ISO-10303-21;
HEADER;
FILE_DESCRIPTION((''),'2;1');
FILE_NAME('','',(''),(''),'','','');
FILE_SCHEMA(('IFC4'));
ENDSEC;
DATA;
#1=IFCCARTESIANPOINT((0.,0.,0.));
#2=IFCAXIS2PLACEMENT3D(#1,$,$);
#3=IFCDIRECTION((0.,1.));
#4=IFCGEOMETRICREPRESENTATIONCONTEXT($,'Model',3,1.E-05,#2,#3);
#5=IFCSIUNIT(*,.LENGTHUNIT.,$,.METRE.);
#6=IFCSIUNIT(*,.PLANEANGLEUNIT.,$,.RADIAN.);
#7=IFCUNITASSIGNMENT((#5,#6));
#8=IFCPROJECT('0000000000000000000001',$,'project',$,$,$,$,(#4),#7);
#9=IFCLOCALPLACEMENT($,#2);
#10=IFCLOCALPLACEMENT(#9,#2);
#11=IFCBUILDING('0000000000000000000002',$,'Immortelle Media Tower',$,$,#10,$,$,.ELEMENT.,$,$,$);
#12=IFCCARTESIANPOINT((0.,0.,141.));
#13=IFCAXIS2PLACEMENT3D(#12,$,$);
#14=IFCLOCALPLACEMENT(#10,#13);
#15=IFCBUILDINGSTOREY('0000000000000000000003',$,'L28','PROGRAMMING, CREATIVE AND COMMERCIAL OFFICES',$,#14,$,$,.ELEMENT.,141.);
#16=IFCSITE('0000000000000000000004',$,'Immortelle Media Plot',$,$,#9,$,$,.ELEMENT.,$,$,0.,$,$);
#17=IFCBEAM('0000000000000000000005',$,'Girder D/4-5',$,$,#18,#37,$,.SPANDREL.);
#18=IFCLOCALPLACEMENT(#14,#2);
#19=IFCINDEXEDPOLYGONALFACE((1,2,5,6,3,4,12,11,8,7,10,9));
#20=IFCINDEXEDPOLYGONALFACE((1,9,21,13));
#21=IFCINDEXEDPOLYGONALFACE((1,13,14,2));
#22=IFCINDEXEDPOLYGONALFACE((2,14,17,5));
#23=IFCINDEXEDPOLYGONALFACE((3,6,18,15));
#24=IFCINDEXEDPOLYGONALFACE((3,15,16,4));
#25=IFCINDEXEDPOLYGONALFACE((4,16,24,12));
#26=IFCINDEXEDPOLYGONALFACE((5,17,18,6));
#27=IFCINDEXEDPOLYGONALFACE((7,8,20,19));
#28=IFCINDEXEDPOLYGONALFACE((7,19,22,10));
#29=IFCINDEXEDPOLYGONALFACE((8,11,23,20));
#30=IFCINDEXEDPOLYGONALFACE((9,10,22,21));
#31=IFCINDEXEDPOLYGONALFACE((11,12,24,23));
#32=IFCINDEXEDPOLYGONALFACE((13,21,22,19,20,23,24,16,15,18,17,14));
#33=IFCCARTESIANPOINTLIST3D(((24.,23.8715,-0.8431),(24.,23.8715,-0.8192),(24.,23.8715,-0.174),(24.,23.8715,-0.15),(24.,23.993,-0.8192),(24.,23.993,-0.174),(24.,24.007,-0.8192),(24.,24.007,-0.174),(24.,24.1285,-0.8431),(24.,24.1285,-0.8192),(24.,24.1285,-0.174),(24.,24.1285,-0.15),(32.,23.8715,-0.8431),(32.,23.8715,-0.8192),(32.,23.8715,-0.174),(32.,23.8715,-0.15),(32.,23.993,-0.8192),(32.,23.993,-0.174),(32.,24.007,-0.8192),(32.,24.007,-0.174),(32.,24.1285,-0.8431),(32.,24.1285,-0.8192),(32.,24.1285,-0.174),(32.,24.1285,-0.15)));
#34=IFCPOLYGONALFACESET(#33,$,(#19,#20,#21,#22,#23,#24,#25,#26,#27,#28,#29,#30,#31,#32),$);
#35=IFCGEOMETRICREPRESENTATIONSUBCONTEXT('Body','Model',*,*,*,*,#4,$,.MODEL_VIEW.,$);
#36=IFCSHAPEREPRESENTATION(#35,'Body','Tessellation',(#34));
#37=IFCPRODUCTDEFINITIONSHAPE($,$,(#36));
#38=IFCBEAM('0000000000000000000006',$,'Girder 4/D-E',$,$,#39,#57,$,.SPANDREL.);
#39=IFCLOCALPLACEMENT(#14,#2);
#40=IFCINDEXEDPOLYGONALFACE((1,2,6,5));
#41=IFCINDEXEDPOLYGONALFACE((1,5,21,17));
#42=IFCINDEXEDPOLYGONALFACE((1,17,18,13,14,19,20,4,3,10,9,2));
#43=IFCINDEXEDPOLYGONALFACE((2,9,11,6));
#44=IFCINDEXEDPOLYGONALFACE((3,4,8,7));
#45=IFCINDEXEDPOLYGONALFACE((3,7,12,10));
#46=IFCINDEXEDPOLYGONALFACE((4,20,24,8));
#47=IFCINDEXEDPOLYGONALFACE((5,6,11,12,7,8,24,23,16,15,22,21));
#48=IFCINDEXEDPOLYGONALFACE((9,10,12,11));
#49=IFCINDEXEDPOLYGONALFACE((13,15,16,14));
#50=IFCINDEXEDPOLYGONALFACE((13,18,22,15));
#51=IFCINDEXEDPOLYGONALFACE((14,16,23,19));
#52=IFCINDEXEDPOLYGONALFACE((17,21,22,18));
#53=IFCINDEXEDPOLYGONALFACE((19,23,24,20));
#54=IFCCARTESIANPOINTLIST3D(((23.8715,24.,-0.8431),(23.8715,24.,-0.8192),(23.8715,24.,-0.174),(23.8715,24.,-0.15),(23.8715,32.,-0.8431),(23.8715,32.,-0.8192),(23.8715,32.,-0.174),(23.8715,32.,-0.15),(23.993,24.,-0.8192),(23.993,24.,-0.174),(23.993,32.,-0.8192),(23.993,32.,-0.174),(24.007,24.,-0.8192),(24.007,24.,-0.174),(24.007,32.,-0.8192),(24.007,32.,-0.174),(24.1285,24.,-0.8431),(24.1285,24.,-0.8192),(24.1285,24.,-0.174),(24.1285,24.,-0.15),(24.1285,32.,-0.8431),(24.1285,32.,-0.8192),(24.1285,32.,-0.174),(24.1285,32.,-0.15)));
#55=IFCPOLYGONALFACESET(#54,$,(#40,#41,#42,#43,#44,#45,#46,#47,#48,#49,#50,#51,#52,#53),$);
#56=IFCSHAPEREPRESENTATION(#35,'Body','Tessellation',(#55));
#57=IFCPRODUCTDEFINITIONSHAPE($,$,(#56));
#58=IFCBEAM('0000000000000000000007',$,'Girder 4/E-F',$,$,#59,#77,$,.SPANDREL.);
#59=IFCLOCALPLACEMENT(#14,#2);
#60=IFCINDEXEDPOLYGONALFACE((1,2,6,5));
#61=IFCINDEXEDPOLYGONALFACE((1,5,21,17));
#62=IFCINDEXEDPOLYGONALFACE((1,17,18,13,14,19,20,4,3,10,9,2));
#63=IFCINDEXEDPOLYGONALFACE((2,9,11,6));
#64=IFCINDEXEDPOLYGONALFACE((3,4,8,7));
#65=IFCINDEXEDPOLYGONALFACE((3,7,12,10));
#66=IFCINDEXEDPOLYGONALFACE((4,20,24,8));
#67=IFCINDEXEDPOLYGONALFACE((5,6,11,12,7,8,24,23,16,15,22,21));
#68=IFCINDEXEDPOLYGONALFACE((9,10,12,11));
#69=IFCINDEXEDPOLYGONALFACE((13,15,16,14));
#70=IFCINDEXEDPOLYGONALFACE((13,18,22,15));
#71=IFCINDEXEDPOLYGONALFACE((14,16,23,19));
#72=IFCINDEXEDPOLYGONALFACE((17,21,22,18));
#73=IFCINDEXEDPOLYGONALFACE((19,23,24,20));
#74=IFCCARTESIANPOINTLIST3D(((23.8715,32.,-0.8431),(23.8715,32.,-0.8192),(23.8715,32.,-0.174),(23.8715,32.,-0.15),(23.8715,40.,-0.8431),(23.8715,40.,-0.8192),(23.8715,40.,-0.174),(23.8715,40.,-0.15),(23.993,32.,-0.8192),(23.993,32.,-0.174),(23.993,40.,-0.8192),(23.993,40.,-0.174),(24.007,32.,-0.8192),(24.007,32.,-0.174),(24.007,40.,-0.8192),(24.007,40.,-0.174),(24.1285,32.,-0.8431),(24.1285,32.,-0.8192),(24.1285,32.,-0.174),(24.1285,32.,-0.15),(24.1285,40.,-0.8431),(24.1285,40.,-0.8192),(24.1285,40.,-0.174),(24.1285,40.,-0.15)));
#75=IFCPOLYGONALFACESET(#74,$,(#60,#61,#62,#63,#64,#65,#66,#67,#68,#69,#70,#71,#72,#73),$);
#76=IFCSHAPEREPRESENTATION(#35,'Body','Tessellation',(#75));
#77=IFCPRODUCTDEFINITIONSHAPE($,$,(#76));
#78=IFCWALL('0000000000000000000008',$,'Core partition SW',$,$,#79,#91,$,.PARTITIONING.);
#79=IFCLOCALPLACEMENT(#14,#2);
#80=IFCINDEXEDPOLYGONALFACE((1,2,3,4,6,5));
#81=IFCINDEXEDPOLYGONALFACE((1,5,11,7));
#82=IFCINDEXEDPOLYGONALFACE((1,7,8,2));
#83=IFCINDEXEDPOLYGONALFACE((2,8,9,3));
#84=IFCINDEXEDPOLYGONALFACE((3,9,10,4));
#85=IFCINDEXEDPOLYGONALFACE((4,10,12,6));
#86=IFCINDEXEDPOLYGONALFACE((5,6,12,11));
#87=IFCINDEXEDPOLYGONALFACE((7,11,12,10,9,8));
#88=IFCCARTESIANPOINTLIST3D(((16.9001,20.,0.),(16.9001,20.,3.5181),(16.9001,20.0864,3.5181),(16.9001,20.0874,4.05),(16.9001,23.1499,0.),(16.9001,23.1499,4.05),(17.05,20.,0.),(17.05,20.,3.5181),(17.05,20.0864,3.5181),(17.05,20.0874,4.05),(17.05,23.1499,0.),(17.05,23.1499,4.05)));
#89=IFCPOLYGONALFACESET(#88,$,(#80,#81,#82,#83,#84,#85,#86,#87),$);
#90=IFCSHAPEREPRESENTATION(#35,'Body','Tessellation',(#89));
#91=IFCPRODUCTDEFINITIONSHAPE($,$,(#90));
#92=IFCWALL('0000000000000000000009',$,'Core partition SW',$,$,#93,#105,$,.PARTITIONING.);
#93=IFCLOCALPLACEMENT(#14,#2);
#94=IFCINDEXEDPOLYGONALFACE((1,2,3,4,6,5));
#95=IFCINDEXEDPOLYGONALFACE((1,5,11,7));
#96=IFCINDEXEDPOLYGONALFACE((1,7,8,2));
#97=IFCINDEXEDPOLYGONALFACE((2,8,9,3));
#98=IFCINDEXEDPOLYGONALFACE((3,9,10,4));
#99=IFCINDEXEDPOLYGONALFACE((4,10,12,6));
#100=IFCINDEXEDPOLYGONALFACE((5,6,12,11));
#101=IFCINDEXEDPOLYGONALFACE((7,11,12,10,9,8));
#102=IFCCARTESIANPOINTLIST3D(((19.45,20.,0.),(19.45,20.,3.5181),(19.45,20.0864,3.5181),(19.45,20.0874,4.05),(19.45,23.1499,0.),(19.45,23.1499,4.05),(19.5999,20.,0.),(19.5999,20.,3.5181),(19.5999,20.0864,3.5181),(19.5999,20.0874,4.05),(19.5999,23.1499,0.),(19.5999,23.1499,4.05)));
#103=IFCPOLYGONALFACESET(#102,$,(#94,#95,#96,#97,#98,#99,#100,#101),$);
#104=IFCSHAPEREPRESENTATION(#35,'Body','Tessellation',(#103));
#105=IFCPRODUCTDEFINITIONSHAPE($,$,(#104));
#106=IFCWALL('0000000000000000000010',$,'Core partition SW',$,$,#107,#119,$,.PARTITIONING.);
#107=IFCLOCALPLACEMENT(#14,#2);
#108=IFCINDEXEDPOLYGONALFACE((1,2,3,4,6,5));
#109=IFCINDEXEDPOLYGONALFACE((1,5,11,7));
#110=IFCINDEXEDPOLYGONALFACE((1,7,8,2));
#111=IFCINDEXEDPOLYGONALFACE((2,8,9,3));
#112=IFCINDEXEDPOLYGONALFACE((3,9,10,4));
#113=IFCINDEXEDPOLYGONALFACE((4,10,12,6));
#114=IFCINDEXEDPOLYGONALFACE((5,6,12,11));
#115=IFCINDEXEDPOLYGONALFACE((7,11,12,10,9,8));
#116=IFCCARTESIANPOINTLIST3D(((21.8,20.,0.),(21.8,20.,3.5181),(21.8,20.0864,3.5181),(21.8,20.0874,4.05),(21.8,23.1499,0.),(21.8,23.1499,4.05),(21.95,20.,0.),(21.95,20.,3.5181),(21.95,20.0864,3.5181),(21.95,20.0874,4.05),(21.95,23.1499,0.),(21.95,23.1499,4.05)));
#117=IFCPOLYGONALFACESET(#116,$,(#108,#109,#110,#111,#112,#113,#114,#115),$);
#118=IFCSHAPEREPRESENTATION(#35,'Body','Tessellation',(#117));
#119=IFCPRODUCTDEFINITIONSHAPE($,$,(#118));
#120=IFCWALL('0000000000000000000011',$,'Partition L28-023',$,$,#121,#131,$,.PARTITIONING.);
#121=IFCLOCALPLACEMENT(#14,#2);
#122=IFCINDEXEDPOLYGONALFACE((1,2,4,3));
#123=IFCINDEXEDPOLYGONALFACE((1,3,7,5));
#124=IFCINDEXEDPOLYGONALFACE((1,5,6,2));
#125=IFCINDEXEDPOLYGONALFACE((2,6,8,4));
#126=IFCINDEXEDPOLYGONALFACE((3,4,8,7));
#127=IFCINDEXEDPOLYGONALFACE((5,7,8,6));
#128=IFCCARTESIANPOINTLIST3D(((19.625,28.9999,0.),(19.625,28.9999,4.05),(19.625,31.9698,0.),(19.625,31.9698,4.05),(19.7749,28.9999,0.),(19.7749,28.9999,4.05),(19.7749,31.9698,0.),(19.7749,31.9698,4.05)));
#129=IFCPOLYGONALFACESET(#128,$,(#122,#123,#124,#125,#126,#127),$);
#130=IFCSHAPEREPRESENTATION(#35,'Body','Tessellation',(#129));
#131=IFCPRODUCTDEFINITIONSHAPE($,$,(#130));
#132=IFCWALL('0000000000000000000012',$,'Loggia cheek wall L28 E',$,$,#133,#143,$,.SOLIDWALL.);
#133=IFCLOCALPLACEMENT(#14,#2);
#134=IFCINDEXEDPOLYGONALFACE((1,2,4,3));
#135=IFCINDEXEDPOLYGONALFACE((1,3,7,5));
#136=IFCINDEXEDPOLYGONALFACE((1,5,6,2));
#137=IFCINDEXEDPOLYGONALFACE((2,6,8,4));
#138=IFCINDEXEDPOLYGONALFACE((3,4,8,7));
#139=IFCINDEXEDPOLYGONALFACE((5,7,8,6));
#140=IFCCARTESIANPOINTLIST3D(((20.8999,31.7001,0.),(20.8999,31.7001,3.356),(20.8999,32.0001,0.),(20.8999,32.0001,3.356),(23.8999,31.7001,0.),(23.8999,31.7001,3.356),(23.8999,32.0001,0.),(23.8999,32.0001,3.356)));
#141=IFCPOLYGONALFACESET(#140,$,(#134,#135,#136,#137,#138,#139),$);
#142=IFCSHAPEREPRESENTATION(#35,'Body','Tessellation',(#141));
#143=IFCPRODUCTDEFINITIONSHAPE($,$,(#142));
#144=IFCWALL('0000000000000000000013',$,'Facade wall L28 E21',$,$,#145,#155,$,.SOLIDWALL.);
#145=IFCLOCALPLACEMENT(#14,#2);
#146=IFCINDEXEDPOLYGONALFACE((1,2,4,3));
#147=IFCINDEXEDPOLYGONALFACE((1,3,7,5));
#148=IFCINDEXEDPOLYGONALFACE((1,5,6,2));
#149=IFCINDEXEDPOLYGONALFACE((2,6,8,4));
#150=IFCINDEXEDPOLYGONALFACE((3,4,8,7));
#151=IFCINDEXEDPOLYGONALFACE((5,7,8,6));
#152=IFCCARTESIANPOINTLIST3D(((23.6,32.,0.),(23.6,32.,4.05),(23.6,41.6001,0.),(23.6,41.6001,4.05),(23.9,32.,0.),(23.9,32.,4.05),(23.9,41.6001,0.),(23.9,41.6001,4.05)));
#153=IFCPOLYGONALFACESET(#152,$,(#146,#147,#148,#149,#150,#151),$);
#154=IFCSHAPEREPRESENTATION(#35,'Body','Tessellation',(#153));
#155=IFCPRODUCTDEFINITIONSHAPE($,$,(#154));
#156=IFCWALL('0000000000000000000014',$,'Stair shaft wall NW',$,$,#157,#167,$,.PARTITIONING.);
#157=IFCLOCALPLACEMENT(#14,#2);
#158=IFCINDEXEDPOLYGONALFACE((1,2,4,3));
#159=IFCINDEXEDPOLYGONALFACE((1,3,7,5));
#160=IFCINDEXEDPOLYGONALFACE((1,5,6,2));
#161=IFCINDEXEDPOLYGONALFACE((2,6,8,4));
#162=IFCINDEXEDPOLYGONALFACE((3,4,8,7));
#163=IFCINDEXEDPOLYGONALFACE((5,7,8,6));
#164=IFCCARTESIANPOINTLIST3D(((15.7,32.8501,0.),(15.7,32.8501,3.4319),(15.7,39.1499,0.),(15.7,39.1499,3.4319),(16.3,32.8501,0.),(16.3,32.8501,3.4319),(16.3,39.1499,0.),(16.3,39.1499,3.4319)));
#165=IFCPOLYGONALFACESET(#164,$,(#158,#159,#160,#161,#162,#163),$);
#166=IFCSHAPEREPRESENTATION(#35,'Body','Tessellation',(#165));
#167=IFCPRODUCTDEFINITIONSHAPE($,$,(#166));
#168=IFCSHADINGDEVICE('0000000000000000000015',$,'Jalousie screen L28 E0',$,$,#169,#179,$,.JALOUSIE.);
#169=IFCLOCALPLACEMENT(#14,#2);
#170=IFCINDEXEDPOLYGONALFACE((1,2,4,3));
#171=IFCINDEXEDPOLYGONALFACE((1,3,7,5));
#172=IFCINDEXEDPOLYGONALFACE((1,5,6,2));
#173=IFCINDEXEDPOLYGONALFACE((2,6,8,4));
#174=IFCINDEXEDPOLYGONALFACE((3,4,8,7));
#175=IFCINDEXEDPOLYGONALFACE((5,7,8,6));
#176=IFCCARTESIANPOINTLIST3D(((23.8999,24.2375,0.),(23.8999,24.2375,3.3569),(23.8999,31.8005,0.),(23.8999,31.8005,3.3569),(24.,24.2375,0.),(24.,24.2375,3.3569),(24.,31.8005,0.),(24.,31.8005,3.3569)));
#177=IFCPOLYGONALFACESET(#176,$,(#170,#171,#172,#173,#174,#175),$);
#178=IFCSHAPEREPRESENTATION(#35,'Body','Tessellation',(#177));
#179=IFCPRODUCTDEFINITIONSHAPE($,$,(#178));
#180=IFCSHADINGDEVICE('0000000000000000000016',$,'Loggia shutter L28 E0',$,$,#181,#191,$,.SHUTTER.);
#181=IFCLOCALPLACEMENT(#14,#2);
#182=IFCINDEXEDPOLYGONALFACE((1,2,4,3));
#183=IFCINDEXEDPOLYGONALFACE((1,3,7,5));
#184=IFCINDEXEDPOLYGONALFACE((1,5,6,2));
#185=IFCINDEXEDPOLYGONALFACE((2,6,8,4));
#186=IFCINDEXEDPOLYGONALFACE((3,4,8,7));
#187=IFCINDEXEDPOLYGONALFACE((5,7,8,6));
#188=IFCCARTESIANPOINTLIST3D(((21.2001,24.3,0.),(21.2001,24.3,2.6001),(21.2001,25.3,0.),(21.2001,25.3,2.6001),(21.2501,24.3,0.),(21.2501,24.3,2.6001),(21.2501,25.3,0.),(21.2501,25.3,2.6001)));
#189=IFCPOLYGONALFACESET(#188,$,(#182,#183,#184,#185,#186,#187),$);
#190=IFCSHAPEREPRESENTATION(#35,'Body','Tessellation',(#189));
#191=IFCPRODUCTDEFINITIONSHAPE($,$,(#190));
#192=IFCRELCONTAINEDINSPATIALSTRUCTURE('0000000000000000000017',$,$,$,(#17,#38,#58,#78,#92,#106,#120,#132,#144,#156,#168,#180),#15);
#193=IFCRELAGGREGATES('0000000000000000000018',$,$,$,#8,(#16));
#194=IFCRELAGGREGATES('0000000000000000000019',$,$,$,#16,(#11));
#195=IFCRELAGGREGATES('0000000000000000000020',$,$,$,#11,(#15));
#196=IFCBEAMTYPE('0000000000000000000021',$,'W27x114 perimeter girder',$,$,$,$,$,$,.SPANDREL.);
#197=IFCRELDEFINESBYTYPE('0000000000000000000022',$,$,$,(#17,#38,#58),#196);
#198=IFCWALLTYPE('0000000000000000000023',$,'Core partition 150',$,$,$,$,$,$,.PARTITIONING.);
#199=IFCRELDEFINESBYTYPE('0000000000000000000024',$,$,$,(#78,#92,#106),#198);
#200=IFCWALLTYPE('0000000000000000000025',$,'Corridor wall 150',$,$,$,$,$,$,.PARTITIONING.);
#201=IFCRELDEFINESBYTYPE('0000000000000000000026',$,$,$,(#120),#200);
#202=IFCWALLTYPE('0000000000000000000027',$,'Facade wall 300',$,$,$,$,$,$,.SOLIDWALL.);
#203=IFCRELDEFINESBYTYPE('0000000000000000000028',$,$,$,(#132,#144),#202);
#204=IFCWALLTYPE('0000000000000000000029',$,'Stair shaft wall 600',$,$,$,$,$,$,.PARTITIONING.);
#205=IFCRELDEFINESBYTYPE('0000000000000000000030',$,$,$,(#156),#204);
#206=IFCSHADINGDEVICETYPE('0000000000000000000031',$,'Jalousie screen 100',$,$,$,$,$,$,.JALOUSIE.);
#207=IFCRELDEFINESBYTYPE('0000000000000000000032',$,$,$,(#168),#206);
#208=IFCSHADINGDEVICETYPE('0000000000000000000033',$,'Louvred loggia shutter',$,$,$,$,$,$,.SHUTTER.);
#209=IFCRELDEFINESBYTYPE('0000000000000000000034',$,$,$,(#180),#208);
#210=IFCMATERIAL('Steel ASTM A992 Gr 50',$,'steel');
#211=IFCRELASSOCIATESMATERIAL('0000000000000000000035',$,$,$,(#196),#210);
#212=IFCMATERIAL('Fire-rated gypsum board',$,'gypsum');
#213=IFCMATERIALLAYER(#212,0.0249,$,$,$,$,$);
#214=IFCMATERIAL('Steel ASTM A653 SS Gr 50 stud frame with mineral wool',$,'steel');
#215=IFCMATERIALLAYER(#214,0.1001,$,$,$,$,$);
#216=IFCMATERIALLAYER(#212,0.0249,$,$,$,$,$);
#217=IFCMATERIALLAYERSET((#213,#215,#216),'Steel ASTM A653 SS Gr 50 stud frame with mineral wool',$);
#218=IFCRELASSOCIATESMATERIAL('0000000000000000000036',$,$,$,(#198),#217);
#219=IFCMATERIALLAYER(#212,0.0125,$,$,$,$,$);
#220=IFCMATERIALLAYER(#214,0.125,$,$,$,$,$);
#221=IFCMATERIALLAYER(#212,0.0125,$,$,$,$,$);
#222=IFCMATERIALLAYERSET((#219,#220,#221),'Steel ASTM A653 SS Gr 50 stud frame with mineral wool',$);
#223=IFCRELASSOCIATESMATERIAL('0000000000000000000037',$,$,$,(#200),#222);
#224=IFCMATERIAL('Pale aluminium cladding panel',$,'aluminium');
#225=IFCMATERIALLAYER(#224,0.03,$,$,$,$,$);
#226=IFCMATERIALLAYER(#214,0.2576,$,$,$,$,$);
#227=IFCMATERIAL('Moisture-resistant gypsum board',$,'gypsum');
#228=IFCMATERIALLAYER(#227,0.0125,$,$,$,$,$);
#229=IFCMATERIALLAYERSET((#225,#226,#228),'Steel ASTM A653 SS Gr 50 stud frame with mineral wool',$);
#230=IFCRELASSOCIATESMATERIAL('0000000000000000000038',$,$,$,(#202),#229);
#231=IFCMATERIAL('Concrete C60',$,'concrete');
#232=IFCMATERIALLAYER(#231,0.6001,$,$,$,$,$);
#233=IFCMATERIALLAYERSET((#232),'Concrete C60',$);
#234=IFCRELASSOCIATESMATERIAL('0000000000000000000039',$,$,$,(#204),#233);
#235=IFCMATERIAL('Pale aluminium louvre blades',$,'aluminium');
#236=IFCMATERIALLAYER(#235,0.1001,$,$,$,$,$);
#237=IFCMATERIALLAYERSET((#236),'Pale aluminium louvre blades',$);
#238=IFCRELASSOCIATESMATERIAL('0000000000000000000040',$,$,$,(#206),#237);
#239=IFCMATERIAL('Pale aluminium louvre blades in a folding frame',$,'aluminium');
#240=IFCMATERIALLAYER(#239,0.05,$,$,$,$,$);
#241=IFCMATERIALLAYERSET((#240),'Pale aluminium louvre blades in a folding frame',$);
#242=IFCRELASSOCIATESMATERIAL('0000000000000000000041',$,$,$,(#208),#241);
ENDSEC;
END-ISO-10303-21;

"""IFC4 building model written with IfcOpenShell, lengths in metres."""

from ifc_helpers import new_model, si_unit, direction, frame, frame_2d, origin, origin_2d, place, context, subcontext, project, spatial, polyline, rectangle, i_section, outline, extrude, material, layer, layer_set, material_profile, profile_set, type_object, element, save


model = new_model("IFC4")

# Units and contexts
model_context = context("Model", 3, precision=1e-05, world=origin(), true_north=direction((0.0, 1.0)))
body_context = subcontext(model_context, "Body", "Model", "MODEL_VIEW")
ifc_project = project(units=[si_unit("LENGTHUNIT", "METRE"), si_unit("PLANEANGLEUNIT", "RADIAN")], contexts=[model_context])

# Site, building, storey
site_placement = place(None, origin())
site = spatial("IfcSite", under=ifc_project, at=site_placement, Name="Immortelle Media Plot", CompositionType="ELEMENT", RefElevation=0.0)
building_placement = place(site_placement, origin())
building = spatial("IfcBuilding", under=site, at=building_placement, Name="Immortelle Media Tower", CompositionType="ELEMENT")
storey_placement = place(building_placement, frame((0.0, 0.0, 141.0)))
storey = spatial("IfcBuildingStorey", under=building, at=storey_placement, Name="L28", Description="PROGRAMMING, CREATIVE AND COMMERCIAL OFFICES", CompositionType="ELEMENT", Elevation=141.0)

# Shared definitions
ifc_material_1 = material(Name="Steel ASTM A992 Gr 50", Category="steel")

# Beams
ifc_material_profile_1 = material_profile(ifc_material_1, i_section(OverallWidth=0.2571, OverallDepth=0.6931, WebThickness=0.0139, FlangeThickness=0.0239, at=origin_2d()), Name="W27x114")
ifc_profile_set_1 = profile_set([ifc_material_profile_1], Name="Steel ASTM A992 Gr 50")
beam_type_1 = type_object("IfcBeamType", Name="W27x114 perimeter girder", PredefinedType="SPANDREL", material=ifc_profile_set_1)
for number, where, z_axis, x_axis, name in (
    (1, (24.0, 24.0, -0.4966), (1.0, 0.0, 0.0), (0.0, 1.0, 0.0), "Girder D/4-5"),
    (2, (24.0, 24.0, -0.4966), (0.0, 1.0, 0.0), (-1.0, 0.0, 0.0), "Girder 4/D-E"),
    (3, (24.0, 32.0, -0.4966), (0.0, 1.0, 0.0), (-1.0, 0.0, 0.0), "Girder 4/E-F"),
):
    element("IfcBeam", number, at=place(storey_placement, frame(where, z_axis=z_axis, x_axis=x_axis)), inside=storey, type_object=beam_type_1, Name=name, PredefinedType="SPANDREL", context=body_context, shape_type="SweptSolid", body=[
        extrude(i_section(OverallWidth=0.2571, OverallDepth=0.6931, WebThickness=0.0139, FlangeThickness=0.0239, at=origin_2d()), origin(), (0.0, 0.0, 1.0), 8.0),
    ])

# Walls
ifc_material_2 = material(Name="Fire-rated gypsum board", Category="gypsum")
ifc_layer_1 = layer(ifc_material_2, 0.0249)
ifc_material_3 = material(Name="Steel ASTM A653 SS Gr 50 stud frame with mineral wool", Category="steel")
ifc_layer_2 = layer(ifc_material_3, 0.1001)
ifc_layer_3 = layer(ifc_material_2, 0.0249)
ifc_layer_set_1 = layer_set([ifc_layer_1, ifc_layer_2, ifc_layer_3], Name="Steel ASTM A653 SS Gr 50 stud frame with mineral wool")
wall_type_1 = type_object("IfcWallType", Name="Core partition 150", PredefinedType="PARTITIONING", material=ifc_layer_set_1)
for number, where, z_axis, x_axis, name in (
    (4, (16.9751, 20.0, 0.0), (0.0, 0.0, 1.0), (0.0, 1.0, 0.0), "Core partition SW"),
    (5, (19.5249, 20.0, 0.0), (0.0, 0.0, 1.0), (0.0, 1.0, 0.0), "Core partition SW"),
    (6, (21.875, 20.0, 0.0), (0.0, 0.0, 1.0), (0.0, 1.0, 0.0), "Core partition SW"),
):
    element("IfcWall", number, at=place(storey_placement, frame(where, z_axis=z_axis, x_axis=x_axis)), inside=storey, type_object=wall_type_1, Name=name, PredefinedType="PARTITIONING", context=body_context, shape_type="SweptSolid", body=[
        extrude(outline(polyline([(0.0, 0.0), (3.1499, 0.0), (3.1499, 4.05), (0.0874, 4.05), (0.0864, 3.5181), (0.0, 3.5181), (0.0, 0.0)])), frame((0.0, 0.075, 0.0), z_axis=(0.0, -1.0, 0.0), x_axis=(1.0, 0.0, 0.0)), (0.0, 0.0, 1.0), 0.1499),
    ])
ifc_layer_4 = layer(ifc_material_2, 0.0125)
ifc_layer_5 = layer(ifc_material_3, 0.125)
ifc_layer_6 = layer(ifc_material_2, 0.0125)
ifc_layer_set_2 = layer_set([ifc_layer_4, ifc_layer_5, ifc_layer_6], Name="Steel ASTM A653 SS Gr 50 stud frame with mineral wool")
wall_type_2 = type_object("IfcWallType", Name="Corridor wall 150", PredefinedType="PARTITIONING", material=ifc_layer_set_2)
wall_1_placement = place(storey_placement, frame((19.7, 29.0, 0.0), z_axis=(0.0, 0.0, 1.0), x_axis=(0.0, 1.0, 0.0)))
element("IfcWall", 7, at=wall_1_placement, inside=storey, type_object=wall_type_2, Name="Partition L28-023", PredefinedType="PARTITIONING", context=body_context, shape_type="SweptSolid", body=[
    extrude(rectangle(XDim=2.97, YDim=0.1499, at=frame_2d((1.4849, 0.0))), origin(), (0.0, 0.0, 1.0), 4.05),
])

# Shared definitions
ifc_material_4 = material(Name="Pale aluminium cladding panel", Category="aluminium")
ifc_layer_7 = layer(ifc_material_4, 0.03)
ifc_layer_8 = layer(ifc_material_3, 0.2576)
ifc_material_5 = material(Name="Moisture-resistant gypsum board", Category="gypsum")
ifc_layer_9 = layer(ifc_material_5, 0.0125)
ifc_layer_set_3 = layer_set([ifc_layer_7, ifc_layer_8, ifc_layer_9], Name="Steel ASTM A653 SS Gr 50 stud frame with mineral wool")
wall_type_3 = type_object("IfcWallType", Name="Facade wall 300", PredefinedType="SOLIDWALL", material=ifc_layer_set_3)

# Walls
wall_2_placement = place(storey_placement, frame((23.8999, 31.8501, 0.0), z_axis=(0.0, 0.0, 1.0), x_axis=(-1.0, 0.0, 0.0)))
element("IfcWall", 8, at=wall_2_placement, inside=storey, type_object=wall_type_3, Name="Loggia cheek wall L28 E", PredefinedType="SOLIDWALL", context=body_context, shape_type="SweptSolid", body=[
    extrude(rectangle(XDim=3.0, YDim=0.3, at=frame_2d((1.5, 0.0))), origin(), (0.0, 0.0, 1.0), 3.356),
])
wall_3_placement = place(storey_placement, frame((23.75, 32.0, 0.0), z_axis=(0.0, 0.0, 1.0), x_axis=(0.0, 1.0, 0.0)))
element("IfcWall", 9, at=wall_3_placement, inside=storey, type_object=wall_type_3, Name="Facade wall L28 E21", PredefinedType="SOLIDWALL", context=body_context, shape_type="SweptSolid", body=[
    extrude(rectangle(XDim=9.6001, YDim=0.3, at=frame_2d((4.8, 0.0))), origin(), (0.0, 0.0, 1.0), 4.05),
])
ifc_material_6 = material(Name="Concrete C60", Category="concrete")
ifc_layer_10 = layer(ifc_material_6, 0.6001)
ifc_layer_set_4 = layer_set([ifc_layer_10], Name="Concrete C60")
wall_type_4 = type_object("IfcWallType", Name="Stair shaft wall 600", PredefinedType="PARTITIONING", material=ifc_layer_set_4)
wall_4_placement = place(storey_placement, frame((16.0, 32.8501, 0.0), z_axis=(0.0, 0.0, 1.0), x_axis=(0.0, 1.0, 0.0)))
element("IfcWall", 10, at=wall_4_placement, inside=storey, type_object=wall_type_4, Name="Stair shaft wall NW", PredefinedType="PARTITIONING", context=body_context, shape_type="SweptSolid", body=[
    extrude(rectangle(XDim=6.2998, YDim=0.6001, at=frame_2d((3.1499, 0.0))), origin(), (0.0, 0.0, 1.0), 3.4319),
])

# Shading devices
ifc_material_7 = material(Name="Pale aluminium louvre blades", Category="aluminium")
ifc_layer_11 = layer(ifc_material_7, 0.1001)
ifc_layer_set_5 = layer_set([ifc_layer_11], Name="Pale aluminium louvre blades")
shading_device_type_1 = type_object("IfcShadingDeviceType", Name="Jalousie screen 100", PredefinedType="JALOUSIE", material=ifc_layer_set_5)
shading_device_1_placement = place(storey_placement, frame((23.95, 28.019, 0.0), z_axis=(0.0, 0.0, 1.0), x_axis=(0.0, 1.0, 0.0)))
element("IfcShadingDevice", 11, at=shading_device_1_placement, inside=storey, type_object=shading_device_type_1, Name="Jalousie screen L28 E0", PredefinedType="JALOUSIE", context=body_context, shape_type="SweptSolid", body=[
    extrude(rectangle(XDim=7.563, YDim=0.1001, at=origin_2d()), origin(), (0.0, 0.0, 1.0), 3.3569),
])
ifc_material_8 = material(Name="Pale aluminium louvre blades in a folding frame", Category="aluminium")
ifc_layer_12 = layer(ifc_material_8, 0.05)
ifc_layer_set_6 = layer_set([ifc_layer_12], Name="Pale aluminium louvre blades in a folding frame")
shading_device_type_2 = type_object("IfcShadingDeviceType", Name="Louvred loggia shutter", PredefinedType="SHUTTER", material=ifc_layer_set_6)
shading_device_2_placement = place(storey_placement, frame((21.2251, 24.8, 0.0), z_axis=(0.0, 0.0, 1.0), x_axis=(0.0, 1.0, 0.0)))
element("IfcShadingDevice", 12, at=shading_device_2_placement, inside=storey, type_object=shading_device_type_2, Name="Loggia shutter L28 E0", PredefinedType="SHUTTER", context=body_context, shape_type="SweptSolid", body=[
    extrude(rectangle(XDim=1.0, YDim=0.05, at=origin_2d()), origin(), (0.0, 0.0, 1.0), 2.6001),
])

save(model, "model.ifc")
